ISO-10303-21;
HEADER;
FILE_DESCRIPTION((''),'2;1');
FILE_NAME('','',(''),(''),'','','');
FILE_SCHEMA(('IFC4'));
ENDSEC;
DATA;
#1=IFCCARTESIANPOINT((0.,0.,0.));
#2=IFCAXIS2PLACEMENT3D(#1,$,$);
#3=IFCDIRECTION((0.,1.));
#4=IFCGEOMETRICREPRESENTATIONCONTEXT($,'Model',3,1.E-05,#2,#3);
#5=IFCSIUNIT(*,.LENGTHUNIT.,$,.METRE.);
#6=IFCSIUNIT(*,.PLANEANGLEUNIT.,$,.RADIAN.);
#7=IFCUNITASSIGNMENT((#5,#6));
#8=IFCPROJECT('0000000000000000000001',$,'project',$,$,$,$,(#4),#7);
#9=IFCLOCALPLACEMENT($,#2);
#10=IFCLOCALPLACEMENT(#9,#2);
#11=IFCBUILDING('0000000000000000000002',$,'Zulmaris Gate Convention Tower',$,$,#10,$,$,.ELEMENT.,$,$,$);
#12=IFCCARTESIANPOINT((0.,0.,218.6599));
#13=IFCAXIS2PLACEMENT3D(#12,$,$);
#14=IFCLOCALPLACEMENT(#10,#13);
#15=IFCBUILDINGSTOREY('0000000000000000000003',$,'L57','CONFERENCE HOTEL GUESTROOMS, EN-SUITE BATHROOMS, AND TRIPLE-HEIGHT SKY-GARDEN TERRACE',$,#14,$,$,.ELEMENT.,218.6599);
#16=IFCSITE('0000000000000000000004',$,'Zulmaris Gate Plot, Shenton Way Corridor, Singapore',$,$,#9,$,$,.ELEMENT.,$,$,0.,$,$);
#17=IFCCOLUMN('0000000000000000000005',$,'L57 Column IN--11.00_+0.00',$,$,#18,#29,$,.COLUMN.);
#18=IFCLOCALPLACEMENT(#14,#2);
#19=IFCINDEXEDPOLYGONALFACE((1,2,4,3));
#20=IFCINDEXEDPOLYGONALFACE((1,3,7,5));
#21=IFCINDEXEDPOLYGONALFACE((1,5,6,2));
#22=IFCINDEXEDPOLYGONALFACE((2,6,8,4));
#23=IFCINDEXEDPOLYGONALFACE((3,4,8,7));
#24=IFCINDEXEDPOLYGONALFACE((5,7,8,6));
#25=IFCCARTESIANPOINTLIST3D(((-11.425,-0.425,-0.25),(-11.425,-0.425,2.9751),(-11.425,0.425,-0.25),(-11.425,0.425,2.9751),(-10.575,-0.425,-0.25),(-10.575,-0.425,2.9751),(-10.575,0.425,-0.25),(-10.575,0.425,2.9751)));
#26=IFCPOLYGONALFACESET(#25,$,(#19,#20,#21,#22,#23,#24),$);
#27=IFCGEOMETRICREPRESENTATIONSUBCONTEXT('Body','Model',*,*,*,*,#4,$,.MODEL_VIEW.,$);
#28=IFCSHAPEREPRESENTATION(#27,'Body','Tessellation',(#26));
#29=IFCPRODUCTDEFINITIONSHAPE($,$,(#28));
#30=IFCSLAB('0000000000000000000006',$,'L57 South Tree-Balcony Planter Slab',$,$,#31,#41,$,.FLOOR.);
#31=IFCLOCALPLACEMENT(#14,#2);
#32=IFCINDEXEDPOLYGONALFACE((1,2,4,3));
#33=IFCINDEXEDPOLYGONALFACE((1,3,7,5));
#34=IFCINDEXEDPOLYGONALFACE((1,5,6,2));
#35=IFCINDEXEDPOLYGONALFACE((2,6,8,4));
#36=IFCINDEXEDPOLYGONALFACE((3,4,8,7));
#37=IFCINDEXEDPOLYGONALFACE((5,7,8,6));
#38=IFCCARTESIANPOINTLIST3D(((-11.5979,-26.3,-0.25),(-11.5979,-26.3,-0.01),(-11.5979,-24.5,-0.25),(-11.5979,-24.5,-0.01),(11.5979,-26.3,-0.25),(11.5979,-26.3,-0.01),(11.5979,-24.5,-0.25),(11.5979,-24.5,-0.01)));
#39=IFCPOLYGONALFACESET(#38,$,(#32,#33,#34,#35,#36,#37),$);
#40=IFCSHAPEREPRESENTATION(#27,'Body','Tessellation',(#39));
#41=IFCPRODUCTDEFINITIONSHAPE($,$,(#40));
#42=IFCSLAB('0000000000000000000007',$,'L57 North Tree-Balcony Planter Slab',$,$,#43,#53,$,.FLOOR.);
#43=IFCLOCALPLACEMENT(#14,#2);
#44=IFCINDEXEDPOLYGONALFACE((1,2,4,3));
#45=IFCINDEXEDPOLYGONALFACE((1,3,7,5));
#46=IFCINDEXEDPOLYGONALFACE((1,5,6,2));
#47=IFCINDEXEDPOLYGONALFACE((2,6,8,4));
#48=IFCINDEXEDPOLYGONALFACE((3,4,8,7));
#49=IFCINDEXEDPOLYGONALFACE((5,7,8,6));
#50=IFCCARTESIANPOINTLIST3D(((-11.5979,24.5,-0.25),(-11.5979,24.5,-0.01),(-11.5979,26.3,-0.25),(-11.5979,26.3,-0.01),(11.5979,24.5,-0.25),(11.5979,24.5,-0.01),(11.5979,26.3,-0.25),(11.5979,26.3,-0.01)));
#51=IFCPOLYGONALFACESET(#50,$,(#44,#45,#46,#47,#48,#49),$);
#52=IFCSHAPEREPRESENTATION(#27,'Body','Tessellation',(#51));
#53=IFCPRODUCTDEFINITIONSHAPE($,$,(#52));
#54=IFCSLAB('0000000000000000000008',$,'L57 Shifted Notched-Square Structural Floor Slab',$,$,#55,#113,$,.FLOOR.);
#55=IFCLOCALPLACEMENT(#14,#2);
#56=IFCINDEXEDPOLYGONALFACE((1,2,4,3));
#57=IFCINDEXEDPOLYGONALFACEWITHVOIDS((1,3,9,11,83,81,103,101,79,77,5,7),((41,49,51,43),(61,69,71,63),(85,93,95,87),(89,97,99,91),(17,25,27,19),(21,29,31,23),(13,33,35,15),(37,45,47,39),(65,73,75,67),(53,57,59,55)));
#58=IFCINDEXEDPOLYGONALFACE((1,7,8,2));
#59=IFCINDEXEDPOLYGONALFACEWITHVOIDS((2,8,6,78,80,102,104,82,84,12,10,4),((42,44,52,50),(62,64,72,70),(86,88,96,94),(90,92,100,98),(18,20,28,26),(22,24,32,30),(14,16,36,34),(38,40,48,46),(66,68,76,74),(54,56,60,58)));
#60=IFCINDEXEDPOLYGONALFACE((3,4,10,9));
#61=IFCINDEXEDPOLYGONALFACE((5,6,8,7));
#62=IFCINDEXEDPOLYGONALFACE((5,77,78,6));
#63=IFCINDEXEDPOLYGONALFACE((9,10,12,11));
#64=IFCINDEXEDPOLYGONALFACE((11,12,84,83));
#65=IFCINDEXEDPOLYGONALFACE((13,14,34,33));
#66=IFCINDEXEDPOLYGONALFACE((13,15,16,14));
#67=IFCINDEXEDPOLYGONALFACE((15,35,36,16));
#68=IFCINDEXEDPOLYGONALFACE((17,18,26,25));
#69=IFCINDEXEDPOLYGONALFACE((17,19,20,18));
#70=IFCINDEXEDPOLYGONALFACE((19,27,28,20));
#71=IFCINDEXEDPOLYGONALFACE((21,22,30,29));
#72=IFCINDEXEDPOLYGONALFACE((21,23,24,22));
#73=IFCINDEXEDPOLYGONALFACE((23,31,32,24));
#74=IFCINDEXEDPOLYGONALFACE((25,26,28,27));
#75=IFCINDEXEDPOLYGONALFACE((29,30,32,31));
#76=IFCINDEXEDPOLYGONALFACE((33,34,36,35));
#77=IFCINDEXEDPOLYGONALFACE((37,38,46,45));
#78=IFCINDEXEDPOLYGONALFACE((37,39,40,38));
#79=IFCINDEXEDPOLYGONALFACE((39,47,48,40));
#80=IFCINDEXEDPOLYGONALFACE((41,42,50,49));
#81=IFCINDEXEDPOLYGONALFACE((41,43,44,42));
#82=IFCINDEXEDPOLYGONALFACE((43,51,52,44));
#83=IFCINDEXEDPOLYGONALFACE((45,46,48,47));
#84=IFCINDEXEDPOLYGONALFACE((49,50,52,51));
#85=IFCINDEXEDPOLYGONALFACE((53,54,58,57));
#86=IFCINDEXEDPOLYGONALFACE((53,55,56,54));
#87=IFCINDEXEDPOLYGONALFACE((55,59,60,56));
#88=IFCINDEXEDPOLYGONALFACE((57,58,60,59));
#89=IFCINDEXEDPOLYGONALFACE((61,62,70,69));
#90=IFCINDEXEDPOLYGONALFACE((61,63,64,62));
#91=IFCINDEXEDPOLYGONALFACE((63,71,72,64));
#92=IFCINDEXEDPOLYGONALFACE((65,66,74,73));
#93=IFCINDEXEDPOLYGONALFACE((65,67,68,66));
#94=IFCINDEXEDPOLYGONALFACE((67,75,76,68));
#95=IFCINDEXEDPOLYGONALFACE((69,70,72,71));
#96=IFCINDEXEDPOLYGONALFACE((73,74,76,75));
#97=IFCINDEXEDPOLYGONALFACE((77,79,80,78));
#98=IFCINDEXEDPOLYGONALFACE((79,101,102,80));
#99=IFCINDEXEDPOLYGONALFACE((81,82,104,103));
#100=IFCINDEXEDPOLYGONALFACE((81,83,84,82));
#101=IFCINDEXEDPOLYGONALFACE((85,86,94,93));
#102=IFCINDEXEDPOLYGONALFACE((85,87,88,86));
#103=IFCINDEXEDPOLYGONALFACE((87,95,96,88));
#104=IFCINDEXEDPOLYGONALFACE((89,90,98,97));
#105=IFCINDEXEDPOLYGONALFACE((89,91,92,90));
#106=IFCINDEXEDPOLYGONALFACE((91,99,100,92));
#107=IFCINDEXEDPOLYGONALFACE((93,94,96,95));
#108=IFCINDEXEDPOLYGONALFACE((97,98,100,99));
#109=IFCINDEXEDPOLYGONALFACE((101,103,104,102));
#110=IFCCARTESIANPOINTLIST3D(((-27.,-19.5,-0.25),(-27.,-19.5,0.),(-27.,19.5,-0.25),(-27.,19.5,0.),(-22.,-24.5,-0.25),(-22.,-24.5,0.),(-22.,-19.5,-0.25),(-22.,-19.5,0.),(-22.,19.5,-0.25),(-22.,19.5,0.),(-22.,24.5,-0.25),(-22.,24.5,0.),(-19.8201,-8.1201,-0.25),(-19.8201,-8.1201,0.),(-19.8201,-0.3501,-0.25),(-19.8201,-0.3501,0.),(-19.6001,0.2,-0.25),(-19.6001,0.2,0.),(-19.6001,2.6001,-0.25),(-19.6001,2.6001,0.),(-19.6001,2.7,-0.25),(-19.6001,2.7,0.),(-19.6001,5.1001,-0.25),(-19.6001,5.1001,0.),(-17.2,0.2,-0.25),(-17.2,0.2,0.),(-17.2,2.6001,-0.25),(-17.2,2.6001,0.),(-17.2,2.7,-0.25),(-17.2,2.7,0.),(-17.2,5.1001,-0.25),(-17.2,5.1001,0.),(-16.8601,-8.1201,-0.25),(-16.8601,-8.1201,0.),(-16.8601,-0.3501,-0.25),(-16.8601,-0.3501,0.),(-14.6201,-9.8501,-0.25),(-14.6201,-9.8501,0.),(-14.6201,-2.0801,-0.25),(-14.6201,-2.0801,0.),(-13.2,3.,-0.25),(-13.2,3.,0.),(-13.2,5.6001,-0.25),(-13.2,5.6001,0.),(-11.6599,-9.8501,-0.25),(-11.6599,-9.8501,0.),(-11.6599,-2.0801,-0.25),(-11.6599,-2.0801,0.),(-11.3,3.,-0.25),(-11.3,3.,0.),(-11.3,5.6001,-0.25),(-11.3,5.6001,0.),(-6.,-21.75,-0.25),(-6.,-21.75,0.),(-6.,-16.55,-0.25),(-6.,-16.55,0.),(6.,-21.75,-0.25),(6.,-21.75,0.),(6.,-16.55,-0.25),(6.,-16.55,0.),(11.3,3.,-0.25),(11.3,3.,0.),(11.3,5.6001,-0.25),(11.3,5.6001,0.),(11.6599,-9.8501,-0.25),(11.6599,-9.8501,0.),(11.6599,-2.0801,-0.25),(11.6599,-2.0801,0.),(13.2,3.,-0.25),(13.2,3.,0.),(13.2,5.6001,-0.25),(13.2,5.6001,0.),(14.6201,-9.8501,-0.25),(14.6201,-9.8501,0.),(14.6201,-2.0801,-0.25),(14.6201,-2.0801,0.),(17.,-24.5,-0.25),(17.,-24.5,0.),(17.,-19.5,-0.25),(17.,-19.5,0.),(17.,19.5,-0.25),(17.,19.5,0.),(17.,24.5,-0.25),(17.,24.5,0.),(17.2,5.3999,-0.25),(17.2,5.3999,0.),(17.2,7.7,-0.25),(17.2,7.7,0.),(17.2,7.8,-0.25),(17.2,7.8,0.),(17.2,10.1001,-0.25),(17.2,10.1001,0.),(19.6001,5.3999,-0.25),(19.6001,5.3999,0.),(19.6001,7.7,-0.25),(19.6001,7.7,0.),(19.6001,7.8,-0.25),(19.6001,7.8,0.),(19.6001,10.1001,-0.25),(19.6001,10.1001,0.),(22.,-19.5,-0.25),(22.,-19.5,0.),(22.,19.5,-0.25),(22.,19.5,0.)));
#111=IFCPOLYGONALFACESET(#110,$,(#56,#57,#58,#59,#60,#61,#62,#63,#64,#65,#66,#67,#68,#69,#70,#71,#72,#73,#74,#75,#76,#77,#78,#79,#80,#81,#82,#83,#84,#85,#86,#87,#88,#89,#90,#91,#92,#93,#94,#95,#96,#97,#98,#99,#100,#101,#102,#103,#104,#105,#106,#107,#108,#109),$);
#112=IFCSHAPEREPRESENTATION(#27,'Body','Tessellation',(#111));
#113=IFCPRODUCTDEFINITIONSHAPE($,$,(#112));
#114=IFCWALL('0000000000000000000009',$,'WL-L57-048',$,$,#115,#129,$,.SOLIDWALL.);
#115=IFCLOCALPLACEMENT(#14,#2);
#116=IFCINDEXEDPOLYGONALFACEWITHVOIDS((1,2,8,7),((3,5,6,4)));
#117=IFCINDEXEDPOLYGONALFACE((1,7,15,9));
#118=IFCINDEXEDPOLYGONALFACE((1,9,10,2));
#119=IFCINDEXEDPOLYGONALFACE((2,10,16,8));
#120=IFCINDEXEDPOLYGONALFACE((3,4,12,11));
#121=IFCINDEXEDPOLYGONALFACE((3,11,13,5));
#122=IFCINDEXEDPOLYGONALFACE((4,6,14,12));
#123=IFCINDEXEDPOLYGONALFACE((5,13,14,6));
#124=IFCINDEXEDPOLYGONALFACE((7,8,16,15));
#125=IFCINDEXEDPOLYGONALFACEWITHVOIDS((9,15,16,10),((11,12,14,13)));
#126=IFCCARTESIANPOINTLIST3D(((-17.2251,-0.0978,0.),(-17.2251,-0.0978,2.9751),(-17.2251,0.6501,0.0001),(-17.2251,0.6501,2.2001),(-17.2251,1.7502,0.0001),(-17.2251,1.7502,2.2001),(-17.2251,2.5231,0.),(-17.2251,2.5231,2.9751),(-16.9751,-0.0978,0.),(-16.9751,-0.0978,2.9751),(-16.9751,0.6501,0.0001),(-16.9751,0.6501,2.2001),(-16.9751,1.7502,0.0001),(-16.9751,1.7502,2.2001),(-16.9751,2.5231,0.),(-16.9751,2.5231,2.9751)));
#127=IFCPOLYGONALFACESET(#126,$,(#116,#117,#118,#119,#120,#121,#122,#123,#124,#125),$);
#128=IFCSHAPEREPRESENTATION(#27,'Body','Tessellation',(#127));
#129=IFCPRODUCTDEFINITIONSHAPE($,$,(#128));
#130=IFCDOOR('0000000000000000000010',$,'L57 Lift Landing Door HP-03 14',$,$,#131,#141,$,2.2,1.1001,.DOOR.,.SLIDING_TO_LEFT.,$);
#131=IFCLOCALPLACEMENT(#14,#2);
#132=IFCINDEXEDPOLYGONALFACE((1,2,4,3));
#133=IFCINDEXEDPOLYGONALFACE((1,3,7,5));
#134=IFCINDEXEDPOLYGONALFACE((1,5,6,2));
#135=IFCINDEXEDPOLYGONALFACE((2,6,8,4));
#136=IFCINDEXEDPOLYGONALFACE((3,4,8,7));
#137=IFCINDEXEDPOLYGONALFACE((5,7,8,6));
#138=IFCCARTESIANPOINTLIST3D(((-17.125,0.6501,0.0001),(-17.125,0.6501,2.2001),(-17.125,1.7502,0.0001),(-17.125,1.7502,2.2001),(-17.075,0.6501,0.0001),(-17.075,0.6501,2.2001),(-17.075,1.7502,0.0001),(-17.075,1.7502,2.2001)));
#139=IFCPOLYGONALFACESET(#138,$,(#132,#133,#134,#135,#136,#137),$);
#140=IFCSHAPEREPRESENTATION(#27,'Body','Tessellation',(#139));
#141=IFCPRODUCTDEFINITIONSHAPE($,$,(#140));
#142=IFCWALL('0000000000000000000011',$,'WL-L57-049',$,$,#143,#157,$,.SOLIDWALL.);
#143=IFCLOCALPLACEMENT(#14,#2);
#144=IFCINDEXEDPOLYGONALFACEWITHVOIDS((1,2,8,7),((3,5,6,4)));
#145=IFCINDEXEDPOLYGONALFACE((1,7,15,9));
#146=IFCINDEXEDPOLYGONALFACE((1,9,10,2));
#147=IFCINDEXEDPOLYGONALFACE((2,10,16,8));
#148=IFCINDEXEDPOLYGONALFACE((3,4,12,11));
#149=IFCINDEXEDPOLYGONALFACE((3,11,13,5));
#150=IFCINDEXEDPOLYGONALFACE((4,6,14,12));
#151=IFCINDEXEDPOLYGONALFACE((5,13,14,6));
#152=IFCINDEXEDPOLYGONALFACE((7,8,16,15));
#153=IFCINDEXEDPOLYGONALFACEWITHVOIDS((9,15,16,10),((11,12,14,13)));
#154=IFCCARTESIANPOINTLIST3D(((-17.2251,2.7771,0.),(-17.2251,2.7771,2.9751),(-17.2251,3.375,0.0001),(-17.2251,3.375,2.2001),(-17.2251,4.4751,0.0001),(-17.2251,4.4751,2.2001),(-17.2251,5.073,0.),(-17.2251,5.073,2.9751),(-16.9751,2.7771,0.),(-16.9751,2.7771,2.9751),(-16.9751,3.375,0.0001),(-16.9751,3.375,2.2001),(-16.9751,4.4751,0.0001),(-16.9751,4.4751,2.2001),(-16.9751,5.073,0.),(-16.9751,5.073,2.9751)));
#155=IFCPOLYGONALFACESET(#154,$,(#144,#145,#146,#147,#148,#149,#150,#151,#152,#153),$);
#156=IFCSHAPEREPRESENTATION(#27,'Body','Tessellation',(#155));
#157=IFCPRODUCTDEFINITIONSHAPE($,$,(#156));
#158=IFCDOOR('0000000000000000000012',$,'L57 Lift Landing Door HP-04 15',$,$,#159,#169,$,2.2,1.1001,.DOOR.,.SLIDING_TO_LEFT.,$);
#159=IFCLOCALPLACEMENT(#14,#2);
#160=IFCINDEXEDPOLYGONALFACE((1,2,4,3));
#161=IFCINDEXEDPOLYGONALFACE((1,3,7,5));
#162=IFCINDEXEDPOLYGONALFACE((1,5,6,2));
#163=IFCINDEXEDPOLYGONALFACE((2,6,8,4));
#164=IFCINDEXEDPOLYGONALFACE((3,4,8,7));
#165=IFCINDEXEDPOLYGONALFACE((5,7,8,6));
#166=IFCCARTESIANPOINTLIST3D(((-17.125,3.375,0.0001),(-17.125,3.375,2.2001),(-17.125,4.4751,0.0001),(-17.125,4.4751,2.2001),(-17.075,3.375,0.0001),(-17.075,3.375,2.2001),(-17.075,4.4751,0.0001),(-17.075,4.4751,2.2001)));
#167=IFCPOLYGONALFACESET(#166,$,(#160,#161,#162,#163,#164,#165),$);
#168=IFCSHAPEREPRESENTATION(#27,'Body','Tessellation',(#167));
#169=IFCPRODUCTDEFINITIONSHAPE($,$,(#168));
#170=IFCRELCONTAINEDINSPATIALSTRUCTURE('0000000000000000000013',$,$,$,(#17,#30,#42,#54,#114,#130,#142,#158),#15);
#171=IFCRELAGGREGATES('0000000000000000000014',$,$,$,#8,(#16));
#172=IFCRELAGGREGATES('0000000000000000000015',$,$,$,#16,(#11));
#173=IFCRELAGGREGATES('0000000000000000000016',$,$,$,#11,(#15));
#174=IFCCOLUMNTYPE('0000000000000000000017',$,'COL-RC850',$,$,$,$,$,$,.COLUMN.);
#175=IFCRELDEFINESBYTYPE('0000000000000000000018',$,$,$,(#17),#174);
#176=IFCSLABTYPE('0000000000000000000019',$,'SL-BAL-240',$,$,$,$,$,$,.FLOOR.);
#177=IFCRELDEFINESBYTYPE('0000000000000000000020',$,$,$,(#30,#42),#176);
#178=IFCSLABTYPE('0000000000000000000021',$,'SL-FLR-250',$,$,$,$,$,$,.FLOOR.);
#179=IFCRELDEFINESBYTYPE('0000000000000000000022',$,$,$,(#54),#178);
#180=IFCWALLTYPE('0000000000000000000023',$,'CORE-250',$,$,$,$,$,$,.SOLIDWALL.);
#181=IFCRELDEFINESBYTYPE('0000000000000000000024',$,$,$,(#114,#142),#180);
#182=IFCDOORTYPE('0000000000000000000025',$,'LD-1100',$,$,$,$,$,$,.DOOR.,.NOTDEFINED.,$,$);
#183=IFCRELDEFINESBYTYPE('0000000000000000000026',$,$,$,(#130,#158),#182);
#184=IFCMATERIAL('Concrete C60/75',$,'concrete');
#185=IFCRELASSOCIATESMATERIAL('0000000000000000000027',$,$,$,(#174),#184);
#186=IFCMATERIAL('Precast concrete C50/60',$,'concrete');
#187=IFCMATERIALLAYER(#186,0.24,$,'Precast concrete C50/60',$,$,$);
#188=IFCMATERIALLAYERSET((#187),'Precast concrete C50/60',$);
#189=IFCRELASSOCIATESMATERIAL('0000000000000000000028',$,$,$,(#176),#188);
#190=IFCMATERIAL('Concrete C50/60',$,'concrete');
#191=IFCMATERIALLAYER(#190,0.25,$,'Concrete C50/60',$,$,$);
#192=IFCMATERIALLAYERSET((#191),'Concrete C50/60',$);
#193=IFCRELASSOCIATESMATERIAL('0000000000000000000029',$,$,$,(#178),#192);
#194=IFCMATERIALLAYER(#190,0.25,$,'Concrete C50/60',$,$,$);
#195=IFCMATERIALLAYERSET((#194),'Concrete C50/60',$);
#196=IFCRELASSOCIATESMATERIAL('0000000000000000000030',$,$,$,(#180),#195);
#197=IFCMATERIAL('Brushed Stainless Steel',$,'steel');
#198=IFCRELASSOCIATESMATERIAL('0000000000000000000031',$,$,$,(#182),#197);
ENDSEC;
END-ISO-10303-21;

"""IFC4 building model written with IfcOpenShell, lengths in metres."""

from ifc_helpers import new_model, si_unit, direction, frame, frame_2d, origin, origin_2d, place, context, subcontext, project, spatial, polyline, rectangle, outline, extrude, material, layer, layer_set, material_profile, profile_set, type_object, element, fill, save


model = new_model("IFC4")

# Units and contexts
model_context = context("Model", 3, precision=1e-05, world=origin(), true_north=direction((0.0, 1.0)))
body_context = subcontext(model_context, "Body", "Model", "MODEL_VIEW")
ifc_project = project(units=[si_unit("LENGTHUNIT", "METRE"), si_unit("PLANEANGLEUNIT", "RADIAN")], contexts=[model_context])

# Site, building, storey
site_placement = place(None, origin())
site = spatial("IfcSite", under=ifc_project, at=site_placement, Name="Zulmaris Gate Plot, Shenton Way Corridor, Singapore", CompositionType="ELEMENT", RefElevation=0.0)
building_placement = place(site_placement, origin())
building = spatial("IfcBuilding", under=site, at=building_placement, Name="Zulmaris Gate Convention Tower", CompositionType="ELEMENT")
storey_placement = place(building_placement, frame((0.0, 0.0, 218.6599)))
storey = spatial("IfcBuildingStorey", under=building, at=storey_placement, Name="L57", Description="CONFERENCE HOTEL GUESTROOMS, EN-SUITE BATHROOMS, AND TRIPLE-HEIGHT SKY-GARDEN TERRACE", CompositionType="ELEMENT", Elevation=218.6599)

# Column
ifc_material_1 = material(Name="Concrete C60/75", Category="concrete")
ifc_material_profile = material_profile(ifc_material_1, rectangle(XDim=0.8501, YDim=0.8501, at=origin_2d()), Name="RC COL 850x850")
ifc_profile_set = profile_set([ifc_material_profile], Name="Concrete C60/75")
column_type = type_object("IfcColumnType", Name="COL-RC850", PredefinedType="COLUMN", material=ifc_profile_set)
column_placement = place(storey_placement, frame((-11.0, 0.0, -0.25), z_axis=(0.0, 0.0, 1.0), x_axis=(1.0, 0.0, 0.0)))
element("IfcColumn", 1, at=column_placement, inside=storey, type_object=column_type, Name="L57 Column IN--11.00_+0.00", PredefinedType="COLUMN", context=body_context, shape_type="SweptSolid", body=[
    extrude(rectangle(XDim=0.8501, YDim=0.8501, at=origin_2d()), origin(), (0.0, 0.0, 1.0), 3.2251),
])

# Slabs
ifc_material_2 = material(Name="Precast concrete C50/60", Category="concrete")
ifc_layer_1 = layer(ifc_material_2, 0.24, Name="Precast concrete C50/60")
ifc_layer_set_1 = layer_set([ifc_layer_1], Name="Precast concrete C50/60")
slab_type_1 = type_object("IfcSlabType", Name="SL-BAL-240", PredefinedType="FLOOR", material=ifc_layer_set_1)
slab_1_placement = place(storey_placement, frame((0.0, 0.0, -0.25)))
element("IfcSlab", 2, at=slab_1_placement, inside=storey, type_object=slab_type_1, Name="L57 South Tree-Balcony Planter Slab", PredefinedType="FLOOR", context=body_context, shape_type="SweptSolid", body=[
    extrude(outline(polyline([(-11.5979, -26.3), (-11.5979, -24.5), (11.5979, -24.5), (11.5979, -26.3), (-11.5979, -26.3)])), origin(), (0.0, 0.0, 1.0), 0.24),
])
slab_2_placement = place(storey_placement, frame((0.0, 0.0, -0.25)))
element("IfcSlab", 3, at=slab_2_placement, inside=storey, type_object=slab_type_1, Name="L57 North Tree-Balcony Planter Slab", PredefinedType="FLOOR", context=body_context, shape_type="SweptSolid", body=[
    extrude(outline(polyline([(11.5979, 26.3), (11.5979, 24.5), (-11.5979, 24.5), (-11.5979, 26.3), (11.5979, 26.3)])), origin(), (0.0, 0.0, 1.0), 0.24),
])
ifc_material_3 = material(Name="Concrete C50/60", Category="concrete")
ifc_layer_2 = layer(ifc_material_3, 0.25, Name="Concrete C50/60")
ifc_layer_set_2 = layer_set([ifc_layer_2], Name="Concrete C50/60")
slab_type_2 = type_object("IfcSlabType", Name="SL-FLR-250", PredefinedType="FLOOR", material=ifc_layer_set_2)
slab_3_placement = place(storey_placement, frame((0.0, 0.0, -0.25)))
element("IfcSlab", 4, at=slab_3_placement, inside=storey, type_object=slab_type_2, Name="L57 Shifted Notched-Square Structural Floor Slab", PredefinedType="FLOOR", context=body_context, shape_type="SweptSolid", body=[
    extrude(outline(polyline([(-22.0, -24.5), (17.0, -24.5), (17.0, -19.5), (22.0, -19.5), (22.0, 19.5), (17.0, 19.5), (17.0, 24.5), (-22.0, 24.5), (-22.0, 19.5), (-27.0, 19.5), (-27.0, -19.5), (-22.0, -19.5), (-22.0, -24.5)]), holes=[polyline([(-14.6201, -2.0801), (-14.6201, -9.8501), (-11.6599, -9.8501), (-11.6599, -2.0801), (-14.6201, -2.0801)]), polyline([(11.6599, -2.0801), (11.6599, -9.8501), (14.6201, -9.8501), (14.6201, -2.0801), (11.6599, -2.0801)]), polyline([(-16.8601, -8.1201), (-16.8601, -0.3501), (-19.8201, -0.3501), (-19.8201, -8.1201), (-16.8601, -8.1201)]), polyline([(-13.2, 3.0), (-11.3, 3.0), (-11.3, 5.6001), (-13.2, 5.6001), (-13.2, 3.0)]), polyline([(11.3, 3.0), (13.2, 3.0), (13.2, 5.6001), (11.3, 5.6001), (11.3, 3.0)]), polyline([(17.2, 5.3999), (19.6001, 5.3999), (19.6001, 7.7), (17.2, 7.7), (17.2, 5.3999)]), polyline([(17.2, 7.8), (19.6001, 7.8), (19.6001, 10.1001), (17.2, 10.1001), (17.2, 7.8)]), polyline([(-19.6001, 0.2), (-17.2, 0.2), (-17.2, 2.6001), (-19.6001, 2.6001), (-19.6001, 0.2)]), polyline([(-19.6001, 2.7), (-17.2, 2.7), (-17.2, 5.1001), (-19.6001, 5.1001), (-19.6001, 2.7)]), polyline([(-6.0, -21.75), (6.0, -21.75), (6.0, -16.55), (-6.0, -16.55), (-6.0, -21.75)])]), origin(), (0.0, 0.0, 1.0), 0.25),
])

# Walls, openings, doors
ifc_layer_3 = layer(ifc_material_3, 0.25, Name="Concrete C50/60")
ifc_layer_set_3 = layer_set([ifc_layer_3], Name="Concrete C50/60")
wall_type_1 = type_object("IfcWallType", Name="CORE-250", PredefinedType="SOLIDWALL", material=ifc_layer_set_3)
wall_1_placement = place(storey_placement, frame((-17.1001, -0.0979, 0.0), z_axis=(0.0, 0.0, 1.0), x_axis=(0.0, 1.0, 0.0)))
wall_1 = element("IfcWall", 5, at=wall_1_placement, inside=storey, type_object=wall_type_1, Name="WL-L57-048", PredefinedType="SOLIDWALL", context=body_context, shape_type="SweptSolid", body=[
    extrude(rectangle(XDim=2.6208, YDim=0.25, at=frame_2d((1.3105, 0.0))), origin(), (0.0, 0.0, 1.0), 2.9751),
])
opening_1_placement = place(wall_1_placement, frame((0.748, 0.0, 0.0)))
opening_1 = element("IfcOpeningElement", 6, at=opening_1_placement, cuts=wall_1, PredefinedType="OPENING", context=body_context, shape_type="SweptSolid", body=[
    extrude(rectangle(XDim=1.1001, YDim=2.2, at=frame_2d((0.55, 1.1001))), frame((0.0, 0.135, 0.0), z_axis=(0.0, -1.0, 0.0), x_axis=(1.0, 0.0, 0.0)), (0.0, 0.0, 1.0), 0.27),
])
ifc_material_4 = material(Name="Brushed Stainless Steel", Category="steel")
door_type_1 = type_object("IfcDoorType", Name="LD-1100", OperationType="NOTDEFINED", PredefinedType="DOOR", material=ifc_material_4)
door_1_placement = place(opening_1_placement, origin())
door_1 = element("IfcDoor", 7, at=door_1_placement, inside=storey, type_object=door_type_1, Name="L57 Lift Landing Door HP-03 14", OperationType="SLIDING_TO_LEFT", OverallHeight=2.2, OverallWidth=1.1001, PredefinedType="DOOR", context=body_context, shape_type="SweptSolid", body=[
    extrude(rectangle(XDim=1.1001, YDim=2.2, at=frame_2d((0.55, 1.1001))), frame((0.0, 0.0249, 0.0), z_axis=(0.0, -1.0, 0.0), x_axis=(1.0, 0.0, 0.0)), (0.0, 0.0, 1.0), 0.05),
])
fill(opening_1, door_1)
wall_2_placement = place(storey_placement, frame((-17.1001, 2.7771, 0.0), z_axis=(0.0, 0.0, 1.0), x_axis=(0.0, 1.0, 0.0)))
wall_2 = element("IfcWall", 8, at=wall_2_placement, inside=storey, type_object=wall_type_1, Name="WL-L57-049", PredefinedType="SOLIDWALL", context=body_context, shape_type="SweptSolid", body=[
    extrude(rectangle(XDim=2.2959, YDim=0.25, at=frame_2d((1.1479, 0.0))), origin(), (0.0, 0.0, 1.0), 2.9751),
])
opening_2_placement = place(wall_2_placement, frame((0.5979, 0.0, 0.0)))
opening_2 = element("IfcOpeningElement", 9, at=opening_2_placement, cuts=wall_2, PredefinedType="OPENING", context=body_context, shape_type="SweptSolid", body=[
    extrude(rectangle(XDim=1.1001, YDim=2.2, at=frame_2d((0.55, 1.1001))), frame((0.0, 0.135, 0.0), z_axis=(0.0, -1.0, 0.0), x_axis=(1.0, 0.0, 0.0)), (0.0, 0.0, 1.0), 0.27),
])
door_2_placement = place(opening_2_placement, origin())
door_2 = element("IfcDoor", 10, at=door_2_placement, inside=storey, type_object=door_type_1, Name="L57 Lift Landing Door HP-04 15", OperationType="SLIDING_TO_LEFT", OverallHeight=2.2, OverallWidth=1.1001, PredefinedType="DOOR", context=body_context, shape_type="SweptSolid", body=[
    extrude(rectangle(XDim=1.1001, YDim=2.2, at=frame_2d((0.55, 1.1001))), frame((0.0, 0.0249, 0.0), z_axis=(0.0, -1.0, 0.0), x_axis=(1.0, 0.0, 0.0)), (0.0, 0.0, 1.0), 0.05),
])
fill(opening_2, door_2)

save(model, "model.ifc")
